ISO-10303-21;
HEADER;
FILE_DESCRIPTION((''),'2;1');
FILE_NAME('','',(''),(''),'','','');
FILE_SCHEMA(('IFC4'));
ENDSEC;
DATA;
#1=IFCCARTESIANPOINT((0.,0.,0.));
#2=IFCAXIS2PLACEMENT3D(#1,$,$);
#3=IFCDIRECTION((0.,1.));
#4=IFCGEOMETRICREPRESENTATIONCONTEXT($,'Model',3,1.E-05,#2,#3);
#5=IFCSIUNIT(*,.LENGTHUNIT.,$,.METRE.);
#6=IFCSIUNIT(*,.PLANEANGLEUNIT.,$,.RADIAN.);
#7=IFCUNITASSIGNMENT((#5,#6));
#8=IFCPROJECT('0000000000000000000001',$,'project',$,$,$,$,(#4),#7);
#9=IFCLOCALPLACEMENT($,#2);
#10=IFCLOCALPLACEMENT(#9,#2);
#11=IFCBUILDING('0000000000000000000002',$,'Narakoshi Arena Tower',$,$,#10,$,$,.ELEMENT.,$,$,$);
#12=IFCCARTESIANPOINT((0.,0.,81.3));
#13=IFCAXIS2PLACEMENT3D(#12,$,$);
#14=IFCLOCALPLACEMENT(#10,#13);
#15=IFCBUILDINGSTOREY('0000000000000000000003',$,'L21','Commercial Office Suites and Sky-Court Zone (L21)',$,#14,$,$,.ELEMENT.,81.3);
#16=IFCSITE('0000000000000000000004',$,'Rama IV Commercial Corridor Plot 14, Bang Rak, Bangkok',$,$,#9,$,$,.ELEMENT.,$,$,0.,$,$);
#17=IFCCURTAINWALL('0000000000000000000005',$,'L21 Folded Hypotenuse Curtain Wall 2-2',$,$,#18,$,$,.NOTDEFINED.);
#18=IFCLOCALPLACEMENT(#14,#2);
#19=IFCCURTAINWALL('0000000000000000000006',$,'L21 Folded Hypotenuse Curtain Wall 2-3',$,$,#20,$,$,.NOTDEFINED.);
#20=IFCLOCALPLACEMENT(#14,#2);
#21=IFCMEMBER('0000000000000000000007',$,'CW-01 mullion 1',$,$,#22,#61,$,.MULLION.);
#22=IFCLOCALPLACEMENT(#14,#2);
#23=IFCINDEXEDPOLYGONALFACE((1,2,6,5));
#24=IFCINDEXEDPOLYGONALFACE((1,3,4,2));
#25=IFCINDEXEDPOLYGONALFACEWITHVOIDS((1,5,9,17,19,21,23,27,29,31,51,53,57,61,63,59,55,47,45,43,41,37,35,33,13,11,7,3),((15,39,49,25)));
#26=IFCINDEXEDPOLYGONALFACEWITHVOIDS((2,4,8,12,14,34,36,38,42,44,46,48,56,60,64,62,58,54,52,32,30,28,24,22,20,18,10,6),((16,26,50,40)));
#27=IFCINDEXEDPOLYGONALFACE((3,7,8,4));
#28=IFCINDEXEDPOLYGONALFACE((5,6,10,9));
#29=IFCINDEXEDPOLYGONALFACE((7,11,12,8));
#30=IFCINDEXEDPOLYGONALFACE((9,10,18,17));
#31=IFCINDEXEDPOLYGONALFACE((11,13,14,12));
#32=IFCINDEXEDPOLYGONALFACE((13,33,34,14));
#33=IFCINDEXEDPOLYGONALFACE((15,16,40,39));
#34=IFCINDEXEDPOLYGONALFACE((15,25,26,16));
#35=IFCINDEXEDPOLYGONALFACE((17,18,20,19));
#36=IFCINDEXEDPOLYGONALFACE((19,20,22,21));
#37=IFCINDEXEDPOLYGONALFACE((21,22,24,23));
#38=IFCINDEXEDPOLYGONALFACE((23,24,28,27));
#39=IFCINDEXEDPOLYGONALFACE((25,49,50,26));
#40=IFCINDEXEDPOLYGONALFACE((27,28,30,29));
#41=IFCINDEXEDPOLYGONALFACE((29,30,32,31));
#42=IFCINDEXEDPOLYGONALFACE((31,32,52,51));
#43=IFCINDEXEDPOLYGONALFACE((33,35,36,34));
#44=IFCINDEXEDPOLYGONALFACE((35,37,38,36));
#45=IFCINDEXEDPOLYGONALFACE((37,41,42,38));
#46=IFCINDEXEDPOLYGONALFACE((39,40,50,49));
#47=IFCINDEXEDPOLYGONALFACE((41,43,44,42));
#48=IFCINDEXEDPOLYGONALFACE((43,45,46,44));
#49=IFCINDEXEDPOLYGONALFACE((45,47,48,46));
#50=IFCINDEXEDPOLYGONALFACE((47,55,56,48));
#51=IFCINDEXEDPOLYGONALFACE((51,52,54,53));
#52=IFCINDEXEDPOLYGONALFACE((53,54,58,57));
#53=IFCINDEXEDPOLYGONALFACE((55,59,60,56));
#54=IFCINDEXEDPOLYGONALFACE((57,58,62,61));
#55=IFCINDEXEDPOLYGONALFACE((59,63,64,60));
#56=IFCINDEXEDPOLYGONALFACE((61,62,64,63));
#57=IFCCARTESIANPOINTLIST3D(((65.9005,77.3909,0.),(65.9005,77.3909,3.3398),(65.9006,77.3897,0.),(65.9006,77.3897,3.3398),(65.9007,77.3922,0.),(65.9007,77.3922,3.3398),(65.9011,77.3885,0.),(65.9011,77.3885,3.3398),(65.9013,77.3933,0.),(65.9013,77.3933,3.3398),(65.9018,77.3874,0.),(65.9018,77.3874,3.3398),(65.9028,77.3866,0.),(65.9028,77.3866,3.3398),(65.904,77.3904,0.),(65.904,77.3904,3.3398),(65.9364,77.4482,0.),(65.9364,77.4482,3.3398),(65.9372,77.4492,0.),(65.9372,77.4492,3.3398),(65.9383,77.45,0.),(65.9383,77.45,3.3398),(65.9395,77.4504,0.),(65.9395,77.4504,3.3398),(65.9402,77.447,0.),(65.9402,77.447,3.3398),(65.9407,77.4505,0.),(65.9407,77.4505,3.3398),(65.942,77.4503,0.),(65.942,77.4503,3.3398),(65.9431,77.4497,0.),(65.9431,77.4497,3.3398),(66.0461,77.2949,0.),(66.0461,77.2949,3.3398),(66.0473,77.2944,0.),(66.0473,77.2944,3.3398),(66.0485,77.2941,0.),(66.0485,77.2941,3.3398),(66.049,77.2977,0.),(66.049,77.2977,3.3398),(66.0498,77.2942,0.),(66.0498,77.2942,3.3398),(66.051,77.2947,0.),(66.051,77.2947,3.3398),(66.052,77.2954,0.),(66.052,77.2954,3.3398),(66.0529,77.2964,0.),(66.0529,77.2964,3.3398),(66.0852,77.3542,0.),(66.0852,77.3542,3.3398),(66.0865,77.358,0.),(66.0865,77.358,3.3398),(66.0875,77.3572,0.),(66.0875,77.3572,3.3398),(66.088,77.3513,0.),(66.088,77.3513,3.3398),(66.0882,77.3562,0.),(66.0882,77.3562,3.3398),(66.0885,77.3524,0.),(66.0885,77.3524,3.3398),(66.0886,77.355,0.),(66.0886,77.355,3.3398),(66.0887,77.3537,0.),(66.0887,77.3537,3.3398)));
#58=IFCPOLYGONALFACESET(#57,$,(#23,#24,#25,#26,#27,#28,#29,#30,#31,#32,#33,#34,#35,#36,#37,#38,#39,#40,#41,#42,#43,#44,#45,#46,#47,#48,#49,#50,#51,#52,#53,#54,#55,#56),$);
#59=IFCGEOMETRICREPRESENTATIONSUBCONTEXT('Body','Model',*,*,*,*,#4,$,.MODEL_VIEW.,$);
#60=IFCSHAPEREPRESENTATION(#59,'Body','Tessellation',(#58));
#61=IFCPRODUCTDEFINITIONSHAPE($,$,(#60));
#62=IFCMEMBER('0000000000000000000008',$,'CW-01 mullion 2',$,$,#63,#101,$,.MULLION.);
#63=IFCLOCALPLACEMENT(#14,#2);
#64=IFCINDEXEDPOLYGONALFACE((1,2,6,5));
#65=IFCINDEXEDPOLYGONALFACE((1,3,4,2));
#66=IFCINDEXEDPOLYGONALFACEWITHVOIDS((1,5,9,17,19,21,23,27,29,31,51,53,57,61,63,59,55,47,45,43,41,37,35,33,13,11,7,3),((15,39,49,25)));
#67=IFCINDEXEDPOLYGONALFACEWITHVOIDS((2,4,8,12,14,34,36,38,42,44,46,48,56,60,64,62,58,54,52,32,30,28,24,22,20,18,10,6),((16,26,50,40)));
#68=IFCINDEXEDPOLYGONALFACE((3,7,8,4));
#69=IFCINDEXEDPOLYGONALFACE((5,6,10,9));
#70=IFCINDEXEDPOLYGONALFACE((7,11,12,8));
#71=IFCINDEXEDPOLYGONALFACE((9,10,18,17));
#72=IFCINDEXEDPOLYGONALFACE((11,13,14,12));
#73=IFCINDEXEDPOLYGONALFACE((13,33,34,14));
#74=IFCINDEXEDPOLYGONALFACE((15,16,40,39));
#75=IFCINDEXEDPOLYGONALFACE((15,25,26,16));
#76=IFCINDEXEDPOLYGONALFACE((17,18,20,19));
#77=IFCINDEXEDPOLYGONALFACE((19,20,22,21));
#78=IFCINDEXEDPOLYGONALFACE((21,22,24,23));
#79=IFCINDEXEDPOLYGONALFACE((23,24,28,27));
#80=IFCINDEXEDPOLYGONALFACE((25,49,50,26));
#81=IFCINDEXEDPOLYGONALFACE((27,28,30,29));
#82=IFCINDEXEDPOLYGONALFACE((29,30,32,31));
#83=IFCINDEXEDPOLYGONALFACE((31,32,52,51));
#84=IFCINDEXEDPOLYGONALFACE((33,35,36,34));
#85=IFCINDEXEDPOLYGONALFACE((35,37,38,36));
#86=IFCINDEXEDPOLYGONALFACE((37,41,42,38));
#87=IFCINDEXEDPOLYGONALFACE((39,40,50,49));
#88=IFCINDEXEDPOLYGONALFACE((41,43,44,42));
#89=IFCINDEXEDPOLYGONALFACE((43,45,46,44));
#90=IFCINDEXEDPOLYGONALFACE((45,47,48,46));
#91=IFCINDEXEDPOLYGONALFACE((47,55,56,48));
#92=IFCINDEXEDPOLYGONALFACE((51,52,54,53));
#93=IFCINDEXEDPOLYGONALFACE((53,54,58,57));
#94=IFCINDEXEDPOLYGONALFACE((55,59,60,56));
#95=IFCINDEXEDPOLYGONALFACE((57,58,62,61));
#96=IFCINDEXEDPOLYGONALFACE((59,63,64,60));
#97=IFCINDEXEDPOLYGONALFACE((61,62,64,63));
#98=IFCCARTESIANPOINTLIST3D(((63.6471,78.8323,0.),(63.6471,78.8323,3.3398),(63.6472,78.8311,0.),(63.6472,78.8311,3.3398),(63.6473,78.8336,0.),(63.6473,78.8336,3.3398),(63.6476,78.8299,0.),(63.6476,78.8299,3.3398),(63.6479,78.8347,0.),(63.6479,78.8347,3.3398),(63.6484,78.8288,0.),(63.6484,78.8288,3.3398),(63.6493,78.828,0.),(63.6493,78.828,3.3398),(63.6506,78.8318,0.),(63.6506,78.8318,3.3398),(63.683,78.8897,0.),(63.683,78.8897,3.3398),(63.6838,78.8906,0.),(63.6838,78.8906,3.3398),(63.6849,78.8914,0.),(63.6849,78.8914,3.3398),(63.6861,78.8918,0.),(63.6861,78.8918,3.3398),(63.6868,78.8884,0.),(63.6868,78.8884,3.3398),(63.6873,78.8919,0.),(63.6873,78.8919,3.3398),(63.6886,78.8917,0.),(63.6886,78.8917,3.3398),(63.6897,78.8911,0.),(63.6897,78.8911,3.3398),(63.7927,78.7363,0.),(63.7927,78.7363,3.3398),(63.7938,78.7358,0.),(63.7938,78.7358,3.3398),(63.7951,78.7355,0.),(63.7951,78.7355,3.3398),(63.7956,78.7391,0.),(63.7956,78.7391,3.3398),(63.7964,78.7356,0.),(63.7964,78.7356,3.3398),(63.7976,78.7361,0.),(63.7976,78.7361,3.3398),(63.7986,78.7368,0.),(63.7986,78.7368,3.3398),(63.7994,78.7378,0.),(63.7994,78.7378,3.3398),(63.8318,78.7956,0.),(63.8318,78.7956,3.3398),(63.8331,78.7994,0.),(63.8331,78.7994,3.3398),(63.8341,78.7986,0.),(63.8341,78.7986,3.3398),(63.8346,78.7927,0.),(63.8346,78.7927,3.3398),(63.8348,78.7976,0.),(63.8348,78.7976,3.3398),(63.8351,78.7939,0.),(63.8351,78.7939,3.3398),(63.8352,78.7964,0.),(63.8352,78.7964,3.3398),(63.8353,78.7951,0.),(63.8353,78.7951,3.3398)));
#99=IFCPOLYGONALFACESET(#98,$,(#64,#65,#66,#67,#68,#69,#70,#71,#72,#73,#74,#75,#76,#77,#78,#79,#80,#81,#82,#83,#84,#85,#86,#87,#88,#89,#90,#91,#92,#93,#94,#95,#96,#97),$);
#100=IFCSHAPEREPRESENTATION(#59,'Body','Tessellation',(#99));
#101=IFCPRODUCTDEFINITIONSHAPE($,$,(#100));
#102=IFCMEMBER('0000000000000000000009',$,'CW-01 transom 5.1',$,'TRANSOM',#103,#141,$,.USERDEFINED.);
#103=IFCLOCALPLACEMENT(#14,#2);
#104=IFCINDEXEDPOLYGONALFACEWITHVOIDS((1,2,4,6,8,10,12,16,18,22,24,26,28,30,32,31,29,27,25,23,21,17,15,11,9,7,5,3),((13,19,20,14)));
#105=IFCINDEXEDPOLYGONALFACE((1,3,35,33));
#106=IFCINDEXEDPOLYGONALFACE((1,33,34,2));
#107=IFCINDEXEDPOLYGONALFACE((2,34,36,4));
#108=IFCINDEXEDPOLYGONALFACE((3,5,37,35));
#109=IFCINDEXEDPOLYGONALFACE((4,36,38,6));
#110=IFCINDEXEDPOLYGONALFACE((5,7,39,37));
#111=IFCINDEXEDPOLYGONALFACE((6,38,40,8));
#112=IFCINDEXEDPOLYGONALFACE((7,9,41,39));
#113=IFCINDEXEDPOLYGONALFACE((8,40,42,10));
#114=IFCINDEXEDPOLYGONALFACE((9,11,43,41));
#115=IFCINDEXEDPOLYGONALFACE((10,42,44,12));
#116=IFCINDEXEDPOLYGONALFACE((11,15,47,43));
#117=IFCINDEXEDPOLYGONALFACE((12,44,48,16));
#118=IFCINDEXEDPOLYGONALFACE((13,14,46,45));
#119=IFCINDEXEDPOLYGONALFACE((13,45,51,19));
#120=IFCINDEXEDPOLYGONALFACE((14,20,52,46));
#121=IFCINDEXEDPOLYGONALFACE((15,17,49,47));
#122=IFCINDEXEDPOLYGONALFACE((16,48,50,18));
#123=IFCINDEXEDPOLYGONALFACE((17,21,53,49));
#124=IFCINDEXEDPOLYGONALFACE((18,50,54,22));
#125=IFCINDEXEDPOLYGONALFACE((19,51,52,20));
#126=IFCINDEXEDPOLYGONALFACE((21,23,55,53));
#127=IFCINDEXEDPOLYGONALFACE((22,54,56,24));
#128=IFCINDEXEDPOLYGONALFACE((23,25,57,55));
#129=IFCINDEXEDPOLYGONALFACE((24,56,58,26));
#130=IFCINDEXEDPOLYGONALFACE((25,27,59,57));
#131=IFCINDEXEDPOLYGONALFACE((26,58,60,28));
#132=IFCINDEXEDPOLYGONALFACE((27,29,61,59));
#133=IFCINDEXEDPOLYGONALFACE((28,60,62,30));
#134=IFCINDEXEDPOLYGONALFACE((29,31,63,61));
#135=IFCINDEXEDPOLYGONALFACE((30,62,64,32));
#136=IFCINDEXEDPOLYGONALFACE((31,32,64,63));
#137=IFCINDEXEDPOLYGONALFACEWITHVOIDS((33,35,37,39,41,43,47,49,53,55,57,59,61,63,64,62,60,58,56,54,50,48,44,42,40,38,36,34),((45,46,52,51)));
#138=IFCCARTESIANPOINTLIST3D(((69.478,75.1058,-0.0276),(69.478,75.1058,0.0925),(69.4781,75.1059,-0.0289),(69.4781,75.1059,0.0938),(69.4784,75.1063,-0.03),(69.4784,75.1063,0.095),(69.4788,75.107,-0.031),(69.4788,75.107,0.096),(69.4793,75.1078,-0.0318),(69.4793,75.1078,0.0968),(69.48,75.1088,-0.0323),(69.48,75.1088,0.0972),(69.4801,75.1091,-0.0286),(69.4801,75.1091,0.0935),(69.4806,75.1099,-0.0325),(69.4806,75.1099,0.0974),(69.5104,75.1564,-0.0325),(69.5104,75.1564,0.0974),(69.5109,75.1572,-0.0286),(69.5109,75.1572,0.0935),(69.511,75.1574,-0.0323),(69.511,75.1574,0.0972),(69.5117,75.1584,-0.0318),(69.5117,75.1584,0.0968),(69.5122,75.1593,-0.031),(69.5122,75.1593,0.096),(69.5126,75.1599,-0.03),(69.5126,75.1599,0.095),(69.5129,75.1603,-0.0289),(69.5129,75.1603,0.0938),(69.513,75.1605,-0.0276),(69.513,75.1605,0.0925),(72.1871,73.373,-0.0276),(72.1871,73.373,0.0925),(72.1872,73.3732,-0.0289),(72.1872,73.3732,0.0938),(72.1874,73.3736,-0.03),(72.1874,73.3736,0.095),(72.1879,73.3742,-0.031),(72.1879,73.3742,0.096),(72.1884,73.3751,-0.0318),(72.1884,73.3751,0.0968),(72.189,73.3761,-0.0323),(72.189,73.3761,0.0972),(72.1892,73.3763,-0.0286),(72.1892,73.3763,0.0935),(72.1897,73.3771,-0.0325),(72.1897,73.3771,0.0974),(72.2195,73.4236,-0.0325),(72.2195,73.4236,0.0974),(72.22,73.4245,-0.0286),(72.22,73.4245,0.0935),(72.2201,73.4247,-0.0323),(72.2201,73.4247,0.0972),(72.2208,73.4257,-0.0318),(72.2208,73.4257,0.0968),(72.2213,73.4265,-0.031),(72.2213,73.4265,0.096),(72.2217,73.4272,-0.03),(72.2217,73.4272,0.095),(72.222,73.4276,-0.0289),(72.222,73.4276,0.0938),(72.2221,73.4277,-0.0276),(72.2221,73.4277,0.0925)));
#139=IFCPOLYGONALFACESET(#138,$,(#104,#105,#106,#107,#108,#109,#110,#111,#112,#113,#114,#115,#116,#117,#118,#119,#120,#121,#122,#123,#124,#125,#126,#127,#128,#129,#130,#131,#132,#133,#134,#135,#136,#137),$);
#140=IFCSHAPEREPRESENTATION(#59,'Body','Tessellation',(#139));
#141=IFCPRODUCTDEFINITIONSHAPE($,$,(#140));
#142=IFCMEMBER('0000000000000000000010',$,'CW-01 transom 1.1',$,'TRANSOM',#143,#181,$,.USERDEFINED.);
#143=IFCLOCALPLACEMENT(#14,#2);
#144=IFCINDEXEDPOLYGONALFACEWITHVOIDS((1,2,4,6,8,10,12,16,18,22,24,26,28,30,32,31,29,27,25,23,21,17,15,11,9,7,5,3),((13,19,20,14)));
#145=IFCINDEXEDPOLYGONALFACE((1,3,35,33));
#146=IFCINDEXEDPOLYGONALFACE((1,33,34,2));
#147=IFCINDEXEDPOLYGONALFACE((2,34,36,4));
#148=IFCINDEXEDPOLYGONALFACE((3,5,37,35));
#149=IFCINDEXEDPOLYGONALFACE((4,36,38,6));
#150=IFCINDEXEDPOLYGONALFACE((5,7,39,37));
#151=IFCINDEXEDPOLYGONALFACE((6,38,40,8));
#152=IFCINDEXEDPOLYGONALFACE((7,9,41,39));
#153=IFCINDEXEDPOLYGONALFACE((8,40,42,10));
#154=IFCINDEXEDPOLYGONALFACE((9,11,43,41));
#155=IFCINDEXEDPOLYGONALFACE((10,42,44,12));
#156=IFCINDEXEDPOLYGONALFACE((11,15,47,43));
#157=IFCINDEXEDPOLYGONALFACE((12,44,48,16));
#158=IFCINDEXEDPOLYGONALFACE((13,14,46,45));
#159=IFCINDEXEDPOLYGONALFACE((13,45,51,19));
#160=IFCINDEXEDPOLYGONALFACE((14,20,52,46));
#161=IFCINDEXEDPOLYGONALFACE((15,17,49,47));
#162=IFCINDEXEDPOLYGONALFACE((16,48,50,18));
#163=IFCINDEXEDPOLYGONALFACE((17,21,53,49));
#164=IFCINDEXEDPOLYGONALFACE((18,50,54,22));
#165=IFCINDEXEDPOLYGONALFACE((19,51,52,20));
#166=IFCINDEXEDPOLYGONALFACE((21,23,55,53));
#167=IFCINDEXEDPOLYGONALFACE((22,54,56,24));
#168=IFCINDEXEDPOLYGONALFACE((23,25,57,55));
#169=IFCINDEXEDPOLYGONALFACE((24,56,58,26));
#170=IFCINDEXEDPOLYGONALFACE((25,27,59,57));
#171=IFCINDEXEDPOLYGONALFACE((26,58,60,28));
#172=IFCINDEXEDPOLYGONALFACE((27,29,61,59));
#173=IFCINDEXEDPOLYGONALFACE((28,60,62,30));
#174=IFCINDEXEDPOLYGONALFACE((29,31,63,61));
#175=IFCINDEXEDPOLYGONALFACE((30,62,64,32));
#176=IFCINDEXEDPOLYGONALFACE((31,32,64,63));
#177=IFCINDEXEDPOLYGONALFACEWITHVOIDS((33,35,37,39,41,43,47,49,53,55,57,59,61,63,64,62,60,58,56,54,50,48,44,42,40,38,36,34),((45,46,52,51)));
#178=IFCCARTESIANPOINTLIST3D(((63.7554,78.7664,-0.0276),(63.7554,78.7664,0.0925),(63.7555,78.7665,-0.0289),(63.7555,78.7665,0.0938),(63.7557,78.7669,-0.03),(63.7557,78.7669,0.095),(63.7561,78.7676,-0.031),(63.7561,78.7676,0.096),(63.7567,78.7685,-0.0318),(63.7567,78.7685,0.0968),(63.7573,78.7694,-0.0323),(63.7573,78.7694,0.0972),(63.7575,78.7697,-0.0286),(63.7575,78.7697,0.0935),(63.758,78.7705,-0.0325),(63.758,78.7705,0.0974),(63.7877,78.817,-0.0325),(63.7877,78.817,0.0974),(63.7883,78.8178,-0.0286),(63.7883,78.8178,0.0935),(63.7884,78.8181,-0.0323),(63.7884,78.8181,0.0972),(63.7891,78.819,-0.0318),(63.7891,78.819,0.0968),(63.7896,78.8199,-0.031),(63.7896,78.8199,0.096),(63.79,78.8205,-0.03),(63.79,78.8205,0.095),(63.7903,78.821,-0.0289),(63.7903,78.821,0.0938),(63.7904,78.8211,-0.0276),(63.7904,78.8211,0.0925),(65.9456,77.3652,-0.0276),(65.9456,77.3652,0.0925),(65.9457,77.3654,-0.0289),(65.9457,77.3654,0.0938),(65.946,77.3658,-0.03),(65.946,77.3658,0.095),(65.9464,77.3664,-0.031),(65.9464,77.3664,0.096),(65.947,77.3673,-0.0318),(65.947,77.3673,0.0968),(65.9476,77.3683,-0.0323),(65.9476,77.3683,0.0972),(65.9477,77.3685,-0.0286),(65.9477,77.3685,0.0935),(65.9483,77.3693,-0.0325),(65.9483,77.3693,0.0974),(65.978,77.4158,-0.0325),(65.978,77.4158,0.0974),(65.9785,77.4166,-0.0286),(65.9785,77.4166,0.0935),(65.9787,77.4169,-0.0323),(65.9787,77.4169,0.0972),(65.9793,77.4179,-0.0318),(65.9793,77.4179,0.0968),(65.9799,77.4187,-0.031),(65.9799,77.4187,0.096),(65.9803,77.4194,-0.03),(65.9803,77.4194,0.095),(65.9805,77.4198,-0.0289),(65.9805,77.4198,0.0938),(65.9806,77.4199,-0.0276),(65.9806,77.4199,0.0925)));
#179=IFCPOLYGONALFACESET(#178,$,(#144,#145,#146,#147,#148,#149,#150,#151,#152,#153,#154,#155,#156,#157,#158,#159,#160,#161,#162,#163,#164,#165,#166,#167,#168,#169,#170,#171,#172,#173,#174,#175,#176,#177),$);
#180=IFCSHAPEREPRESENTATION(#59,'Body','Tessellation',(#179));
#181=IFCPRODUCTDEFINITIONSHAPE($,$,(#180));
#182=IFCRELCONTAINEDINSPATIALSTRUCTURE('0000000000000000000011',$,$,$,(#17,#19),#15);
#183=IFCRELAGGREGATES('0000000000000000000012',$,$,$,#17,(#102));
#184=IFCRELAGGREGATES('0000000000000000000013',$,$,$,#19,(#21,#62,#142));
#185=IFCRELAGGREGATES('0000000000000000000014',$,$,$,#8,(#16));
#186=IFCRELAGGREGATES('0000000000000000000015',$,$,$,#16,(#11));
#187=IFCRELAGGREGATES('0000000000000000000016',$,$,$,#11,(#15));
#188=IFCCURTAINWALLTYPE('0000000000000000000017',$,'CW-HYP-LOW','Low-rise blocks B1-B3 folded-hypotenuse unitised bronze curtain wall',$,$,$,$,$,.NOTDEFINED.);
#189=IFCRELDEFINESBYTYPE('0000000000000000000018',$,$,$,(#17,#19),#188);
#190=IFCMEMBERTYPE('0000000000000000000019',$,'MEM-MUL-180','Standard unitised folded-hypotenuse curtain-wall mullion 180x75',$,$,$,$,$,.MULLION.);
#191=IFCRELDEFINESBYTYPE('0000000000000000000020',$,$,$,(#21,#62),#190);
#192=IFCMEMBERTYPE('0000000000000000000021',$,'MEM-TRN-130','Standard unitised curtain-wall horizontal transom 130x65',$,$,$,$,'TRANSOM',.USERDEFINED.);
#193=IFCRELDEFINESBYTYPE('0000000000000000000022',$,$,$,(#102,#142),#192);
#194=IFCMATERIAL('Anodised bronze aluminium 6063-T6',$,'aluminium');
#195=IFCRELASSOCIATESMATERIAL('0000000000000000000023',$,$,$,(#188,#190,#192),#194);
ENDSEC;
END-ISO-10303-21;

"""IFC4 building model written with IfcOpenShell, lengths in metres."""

from ifc_helpers import new_model, si_unit, direction, frame, origin, origin_2d, place, context, subcontext, project, spatial, hollow_rectangle, extrude, material, material_profile, profile_set, type_object, element, aggregate, save


model = new_model("IFC4")

# Units and contexts
model_context = context("Model", 3, precision=1e-05, world=origin(), true_north=direction((0.0, 1.0)))
body_context = subcontext(model_context, "Body", "Model", "MODEL_VIEW")
ifc_project = project(units=[si_unit("LENGTHUNIT", "METRE"), si_unit("PLANEANGLEUNIT", "RADIAN")], contexts=[model_context])

# Site, building, storey
site_placement = place(None, origin())
site = spatial("IfcSite", under=ifc_project, at=site_placement, Name="Rama IV Commercial Corridor Plot 14, Bang Rak, Bangkok", CompositionType="ELEMENT", RefElevation=0.0)
building_placement = place(site_placement, origin())
building = spatial("IfcBuilding", under=site, at=building_placement, Name="Narakoshi Arena Tower", CompositionType="ELEMENT")
storey_placement = place(building_placement, frame((0.0, 0.0, 81.3)))
storey = spatial("IfcBuildingStorey", under=building, at=storey_placement, Name="L21", Description="Commercial Office Suites and Sky-Court Zone (L21)", CompositionType="ELEMENT", Elevation=81.3)

# Curtain wall
ifc_material_1 = material(Name="Anodised bronze aluminium 6063-T6", Category="aluminium")
curtain_wall_type = type_object("IfcCurtainWallType", Name="CW-HYP-LOW", Description="Low-rise blocks B1-B3 folded-hypotenuse unitised bronze curtain wall", PredefinedType="NOTDEFINED", material=ifc_material_1)
curtain_wall_1_placement = place(storey_placement, origin())
curtain_wall_1 = element("IfcCurtainWall", 1, at=curtain_wall_1_placement, inside=storey, type_object=curtain_wall_type, Name="L21 Folded Hypotenuse Curtain Wall 2-2", PredefinedType="NOTDEFINED")
ifc_material_profile_1 = material_profile(ifc_material_1, hollow_rectangle(XDim=0.075, YDim=0.1799, WallThickness=0.0039, OuterFilletRadius=0.0049, at=origin_2d()), Name="MUL180x75x4")
ifc_profile_set_1 = profile_set([ifc_material_profile_1], Name="Anodised bronze aluminium 6063-T6")
member_type_1 = type_object("IfcMemberType", Name="MEM-MUL-180", Description="Standard unitised folded-hypotenuse curtain-wall mullion 180x75", PredefinedType="MULLION", material=ifc_profile_set_1)

# Curtain wall, members
curtain_wall_2_placement = place(storey_placement, origin())
curtain_wall_2 = element("IfcCurtainWall", 2, at=curtain_wall_2_placement, inside=storey, type_object=curtain_wall_type, Name="L21 Folded Hypotenuse Curtain Wall 2-3", PredefinedType="NOTDEFINED")
member_1_placement = place(storey_placement, frame((65.9946, 77.3723, 0.0), z_axis=(0.0, 0.0, 1.0), x_axis=(-0.538841, -0.842407, 0.0)))
member_1 = element("IfcMember", 3, at=member_1_placement, type_object=member_type_1, Name="CW-01 mullion 1", PredefinedType="MULLION", context=body_context, shape_type="SweptSolid", body=[
    extrude(hollow_rectangle(XDim=0.075, YDim=0.1799, WallThickness=0.0039, OuterFilletRadius=0.0049, at=origin_2d()), origin(), (0.0, 0.0, 1.0), 3.3398),
])
member_2_placement = place(storey_placement, frame((63.7412, 78.8137, 0.0), z_axis=(0.0, 0.0, 1.0), x_axis=(-0.538841, -0.842407, 0.0)))
member_2 = element("IfcMember", 4, at=member_2_placement, type_object=member_type_1, Name="CW-01 mullion 2", PredefinedType="MULLION", context=body_context, shape_type="SweptSolid", body=[
    extrude(hollow_rectangle(XDim=0.075, YDim=0.1799, WallThickness=0.0039, OuterFilletRadius=0.0049, at=origin_2d()), origin(), (0.0, 0.0, 1.0), 3.3398),
])

# Members
ifc_material_profile_2 = material_profile(ifc_material_1, hollow_rectangle(XDim=0.0649, YDim=0.1299, WallThickness=0.0039, OuterFilletRadius=0.0049, at=origin_2d()), Name="TRN130x65x4")
ifc_profile_set_2 = profile_set([ifc_material_profile_2], Name="Anodised bronze aluminium 6063-T6")
member_type_2 = type_object("IfcMemberType", Name="MEM-TRN-130", Description="Standard unitised curtain-wall horizontal transom 130x65", ElementType="TRANSOM", PredefinedType="USERDEFINED", material=ifc_profile_set_2)
member_3_placement = place(storey_placement, frame((72.2046, 73.4004, 0.0325), z_axis=(-0.842424, 0.538815, 0.0), x_axis=(-0.538815, -0.842424, 0.0)))
member_3 = element("IfcMember", 5, at=member_3_placement, type_object=member_type_2, Name="CW-01 transom 5.1", ObjectType="TRANSOM", PredefinedType="USERDEFINED", context=body_context, shape_type="SweptSolid", body=[
    extrude(hollow_rectangle(XDim=0.0649, YDim=0.1299, WallThickness=0.0039, OuterFilletRadius=0.0049, at=origin_2d()), origin(), (0.0, 0.0, 1.0), 3.2158),
])
member_4_placement = place(storey_placement, frame((65.9631, 77.3926, 0.0325), z_axis=(-0.842375, 0.538891, 0.0), x_axis=(-0.538891, -0.842375, 0.0)))
member_4 = element("IfcMember", 6, at=member_4_placement, type_object=member_type_2, Name="CW-01 transom 1.1", ObjectType="TRANSOM", PredefinedType="USERDEFINED", context=body_context, shape_type="SweptSolid", body=[
    extrude(hollow_rectangle(XDim=0.0649, YDim=0.1299, WallThickness=0.0039, OuterFilletRadius=0.0049, at=origin_2d()), origin(), (0.0, 0.0, 1.0), 2.6001),
])

aggregate(curtain_wall_1, [member_3])
aggregate(curtain_wall_2, [member_1, member_2, member_4])

save(model, "model.ifc")
